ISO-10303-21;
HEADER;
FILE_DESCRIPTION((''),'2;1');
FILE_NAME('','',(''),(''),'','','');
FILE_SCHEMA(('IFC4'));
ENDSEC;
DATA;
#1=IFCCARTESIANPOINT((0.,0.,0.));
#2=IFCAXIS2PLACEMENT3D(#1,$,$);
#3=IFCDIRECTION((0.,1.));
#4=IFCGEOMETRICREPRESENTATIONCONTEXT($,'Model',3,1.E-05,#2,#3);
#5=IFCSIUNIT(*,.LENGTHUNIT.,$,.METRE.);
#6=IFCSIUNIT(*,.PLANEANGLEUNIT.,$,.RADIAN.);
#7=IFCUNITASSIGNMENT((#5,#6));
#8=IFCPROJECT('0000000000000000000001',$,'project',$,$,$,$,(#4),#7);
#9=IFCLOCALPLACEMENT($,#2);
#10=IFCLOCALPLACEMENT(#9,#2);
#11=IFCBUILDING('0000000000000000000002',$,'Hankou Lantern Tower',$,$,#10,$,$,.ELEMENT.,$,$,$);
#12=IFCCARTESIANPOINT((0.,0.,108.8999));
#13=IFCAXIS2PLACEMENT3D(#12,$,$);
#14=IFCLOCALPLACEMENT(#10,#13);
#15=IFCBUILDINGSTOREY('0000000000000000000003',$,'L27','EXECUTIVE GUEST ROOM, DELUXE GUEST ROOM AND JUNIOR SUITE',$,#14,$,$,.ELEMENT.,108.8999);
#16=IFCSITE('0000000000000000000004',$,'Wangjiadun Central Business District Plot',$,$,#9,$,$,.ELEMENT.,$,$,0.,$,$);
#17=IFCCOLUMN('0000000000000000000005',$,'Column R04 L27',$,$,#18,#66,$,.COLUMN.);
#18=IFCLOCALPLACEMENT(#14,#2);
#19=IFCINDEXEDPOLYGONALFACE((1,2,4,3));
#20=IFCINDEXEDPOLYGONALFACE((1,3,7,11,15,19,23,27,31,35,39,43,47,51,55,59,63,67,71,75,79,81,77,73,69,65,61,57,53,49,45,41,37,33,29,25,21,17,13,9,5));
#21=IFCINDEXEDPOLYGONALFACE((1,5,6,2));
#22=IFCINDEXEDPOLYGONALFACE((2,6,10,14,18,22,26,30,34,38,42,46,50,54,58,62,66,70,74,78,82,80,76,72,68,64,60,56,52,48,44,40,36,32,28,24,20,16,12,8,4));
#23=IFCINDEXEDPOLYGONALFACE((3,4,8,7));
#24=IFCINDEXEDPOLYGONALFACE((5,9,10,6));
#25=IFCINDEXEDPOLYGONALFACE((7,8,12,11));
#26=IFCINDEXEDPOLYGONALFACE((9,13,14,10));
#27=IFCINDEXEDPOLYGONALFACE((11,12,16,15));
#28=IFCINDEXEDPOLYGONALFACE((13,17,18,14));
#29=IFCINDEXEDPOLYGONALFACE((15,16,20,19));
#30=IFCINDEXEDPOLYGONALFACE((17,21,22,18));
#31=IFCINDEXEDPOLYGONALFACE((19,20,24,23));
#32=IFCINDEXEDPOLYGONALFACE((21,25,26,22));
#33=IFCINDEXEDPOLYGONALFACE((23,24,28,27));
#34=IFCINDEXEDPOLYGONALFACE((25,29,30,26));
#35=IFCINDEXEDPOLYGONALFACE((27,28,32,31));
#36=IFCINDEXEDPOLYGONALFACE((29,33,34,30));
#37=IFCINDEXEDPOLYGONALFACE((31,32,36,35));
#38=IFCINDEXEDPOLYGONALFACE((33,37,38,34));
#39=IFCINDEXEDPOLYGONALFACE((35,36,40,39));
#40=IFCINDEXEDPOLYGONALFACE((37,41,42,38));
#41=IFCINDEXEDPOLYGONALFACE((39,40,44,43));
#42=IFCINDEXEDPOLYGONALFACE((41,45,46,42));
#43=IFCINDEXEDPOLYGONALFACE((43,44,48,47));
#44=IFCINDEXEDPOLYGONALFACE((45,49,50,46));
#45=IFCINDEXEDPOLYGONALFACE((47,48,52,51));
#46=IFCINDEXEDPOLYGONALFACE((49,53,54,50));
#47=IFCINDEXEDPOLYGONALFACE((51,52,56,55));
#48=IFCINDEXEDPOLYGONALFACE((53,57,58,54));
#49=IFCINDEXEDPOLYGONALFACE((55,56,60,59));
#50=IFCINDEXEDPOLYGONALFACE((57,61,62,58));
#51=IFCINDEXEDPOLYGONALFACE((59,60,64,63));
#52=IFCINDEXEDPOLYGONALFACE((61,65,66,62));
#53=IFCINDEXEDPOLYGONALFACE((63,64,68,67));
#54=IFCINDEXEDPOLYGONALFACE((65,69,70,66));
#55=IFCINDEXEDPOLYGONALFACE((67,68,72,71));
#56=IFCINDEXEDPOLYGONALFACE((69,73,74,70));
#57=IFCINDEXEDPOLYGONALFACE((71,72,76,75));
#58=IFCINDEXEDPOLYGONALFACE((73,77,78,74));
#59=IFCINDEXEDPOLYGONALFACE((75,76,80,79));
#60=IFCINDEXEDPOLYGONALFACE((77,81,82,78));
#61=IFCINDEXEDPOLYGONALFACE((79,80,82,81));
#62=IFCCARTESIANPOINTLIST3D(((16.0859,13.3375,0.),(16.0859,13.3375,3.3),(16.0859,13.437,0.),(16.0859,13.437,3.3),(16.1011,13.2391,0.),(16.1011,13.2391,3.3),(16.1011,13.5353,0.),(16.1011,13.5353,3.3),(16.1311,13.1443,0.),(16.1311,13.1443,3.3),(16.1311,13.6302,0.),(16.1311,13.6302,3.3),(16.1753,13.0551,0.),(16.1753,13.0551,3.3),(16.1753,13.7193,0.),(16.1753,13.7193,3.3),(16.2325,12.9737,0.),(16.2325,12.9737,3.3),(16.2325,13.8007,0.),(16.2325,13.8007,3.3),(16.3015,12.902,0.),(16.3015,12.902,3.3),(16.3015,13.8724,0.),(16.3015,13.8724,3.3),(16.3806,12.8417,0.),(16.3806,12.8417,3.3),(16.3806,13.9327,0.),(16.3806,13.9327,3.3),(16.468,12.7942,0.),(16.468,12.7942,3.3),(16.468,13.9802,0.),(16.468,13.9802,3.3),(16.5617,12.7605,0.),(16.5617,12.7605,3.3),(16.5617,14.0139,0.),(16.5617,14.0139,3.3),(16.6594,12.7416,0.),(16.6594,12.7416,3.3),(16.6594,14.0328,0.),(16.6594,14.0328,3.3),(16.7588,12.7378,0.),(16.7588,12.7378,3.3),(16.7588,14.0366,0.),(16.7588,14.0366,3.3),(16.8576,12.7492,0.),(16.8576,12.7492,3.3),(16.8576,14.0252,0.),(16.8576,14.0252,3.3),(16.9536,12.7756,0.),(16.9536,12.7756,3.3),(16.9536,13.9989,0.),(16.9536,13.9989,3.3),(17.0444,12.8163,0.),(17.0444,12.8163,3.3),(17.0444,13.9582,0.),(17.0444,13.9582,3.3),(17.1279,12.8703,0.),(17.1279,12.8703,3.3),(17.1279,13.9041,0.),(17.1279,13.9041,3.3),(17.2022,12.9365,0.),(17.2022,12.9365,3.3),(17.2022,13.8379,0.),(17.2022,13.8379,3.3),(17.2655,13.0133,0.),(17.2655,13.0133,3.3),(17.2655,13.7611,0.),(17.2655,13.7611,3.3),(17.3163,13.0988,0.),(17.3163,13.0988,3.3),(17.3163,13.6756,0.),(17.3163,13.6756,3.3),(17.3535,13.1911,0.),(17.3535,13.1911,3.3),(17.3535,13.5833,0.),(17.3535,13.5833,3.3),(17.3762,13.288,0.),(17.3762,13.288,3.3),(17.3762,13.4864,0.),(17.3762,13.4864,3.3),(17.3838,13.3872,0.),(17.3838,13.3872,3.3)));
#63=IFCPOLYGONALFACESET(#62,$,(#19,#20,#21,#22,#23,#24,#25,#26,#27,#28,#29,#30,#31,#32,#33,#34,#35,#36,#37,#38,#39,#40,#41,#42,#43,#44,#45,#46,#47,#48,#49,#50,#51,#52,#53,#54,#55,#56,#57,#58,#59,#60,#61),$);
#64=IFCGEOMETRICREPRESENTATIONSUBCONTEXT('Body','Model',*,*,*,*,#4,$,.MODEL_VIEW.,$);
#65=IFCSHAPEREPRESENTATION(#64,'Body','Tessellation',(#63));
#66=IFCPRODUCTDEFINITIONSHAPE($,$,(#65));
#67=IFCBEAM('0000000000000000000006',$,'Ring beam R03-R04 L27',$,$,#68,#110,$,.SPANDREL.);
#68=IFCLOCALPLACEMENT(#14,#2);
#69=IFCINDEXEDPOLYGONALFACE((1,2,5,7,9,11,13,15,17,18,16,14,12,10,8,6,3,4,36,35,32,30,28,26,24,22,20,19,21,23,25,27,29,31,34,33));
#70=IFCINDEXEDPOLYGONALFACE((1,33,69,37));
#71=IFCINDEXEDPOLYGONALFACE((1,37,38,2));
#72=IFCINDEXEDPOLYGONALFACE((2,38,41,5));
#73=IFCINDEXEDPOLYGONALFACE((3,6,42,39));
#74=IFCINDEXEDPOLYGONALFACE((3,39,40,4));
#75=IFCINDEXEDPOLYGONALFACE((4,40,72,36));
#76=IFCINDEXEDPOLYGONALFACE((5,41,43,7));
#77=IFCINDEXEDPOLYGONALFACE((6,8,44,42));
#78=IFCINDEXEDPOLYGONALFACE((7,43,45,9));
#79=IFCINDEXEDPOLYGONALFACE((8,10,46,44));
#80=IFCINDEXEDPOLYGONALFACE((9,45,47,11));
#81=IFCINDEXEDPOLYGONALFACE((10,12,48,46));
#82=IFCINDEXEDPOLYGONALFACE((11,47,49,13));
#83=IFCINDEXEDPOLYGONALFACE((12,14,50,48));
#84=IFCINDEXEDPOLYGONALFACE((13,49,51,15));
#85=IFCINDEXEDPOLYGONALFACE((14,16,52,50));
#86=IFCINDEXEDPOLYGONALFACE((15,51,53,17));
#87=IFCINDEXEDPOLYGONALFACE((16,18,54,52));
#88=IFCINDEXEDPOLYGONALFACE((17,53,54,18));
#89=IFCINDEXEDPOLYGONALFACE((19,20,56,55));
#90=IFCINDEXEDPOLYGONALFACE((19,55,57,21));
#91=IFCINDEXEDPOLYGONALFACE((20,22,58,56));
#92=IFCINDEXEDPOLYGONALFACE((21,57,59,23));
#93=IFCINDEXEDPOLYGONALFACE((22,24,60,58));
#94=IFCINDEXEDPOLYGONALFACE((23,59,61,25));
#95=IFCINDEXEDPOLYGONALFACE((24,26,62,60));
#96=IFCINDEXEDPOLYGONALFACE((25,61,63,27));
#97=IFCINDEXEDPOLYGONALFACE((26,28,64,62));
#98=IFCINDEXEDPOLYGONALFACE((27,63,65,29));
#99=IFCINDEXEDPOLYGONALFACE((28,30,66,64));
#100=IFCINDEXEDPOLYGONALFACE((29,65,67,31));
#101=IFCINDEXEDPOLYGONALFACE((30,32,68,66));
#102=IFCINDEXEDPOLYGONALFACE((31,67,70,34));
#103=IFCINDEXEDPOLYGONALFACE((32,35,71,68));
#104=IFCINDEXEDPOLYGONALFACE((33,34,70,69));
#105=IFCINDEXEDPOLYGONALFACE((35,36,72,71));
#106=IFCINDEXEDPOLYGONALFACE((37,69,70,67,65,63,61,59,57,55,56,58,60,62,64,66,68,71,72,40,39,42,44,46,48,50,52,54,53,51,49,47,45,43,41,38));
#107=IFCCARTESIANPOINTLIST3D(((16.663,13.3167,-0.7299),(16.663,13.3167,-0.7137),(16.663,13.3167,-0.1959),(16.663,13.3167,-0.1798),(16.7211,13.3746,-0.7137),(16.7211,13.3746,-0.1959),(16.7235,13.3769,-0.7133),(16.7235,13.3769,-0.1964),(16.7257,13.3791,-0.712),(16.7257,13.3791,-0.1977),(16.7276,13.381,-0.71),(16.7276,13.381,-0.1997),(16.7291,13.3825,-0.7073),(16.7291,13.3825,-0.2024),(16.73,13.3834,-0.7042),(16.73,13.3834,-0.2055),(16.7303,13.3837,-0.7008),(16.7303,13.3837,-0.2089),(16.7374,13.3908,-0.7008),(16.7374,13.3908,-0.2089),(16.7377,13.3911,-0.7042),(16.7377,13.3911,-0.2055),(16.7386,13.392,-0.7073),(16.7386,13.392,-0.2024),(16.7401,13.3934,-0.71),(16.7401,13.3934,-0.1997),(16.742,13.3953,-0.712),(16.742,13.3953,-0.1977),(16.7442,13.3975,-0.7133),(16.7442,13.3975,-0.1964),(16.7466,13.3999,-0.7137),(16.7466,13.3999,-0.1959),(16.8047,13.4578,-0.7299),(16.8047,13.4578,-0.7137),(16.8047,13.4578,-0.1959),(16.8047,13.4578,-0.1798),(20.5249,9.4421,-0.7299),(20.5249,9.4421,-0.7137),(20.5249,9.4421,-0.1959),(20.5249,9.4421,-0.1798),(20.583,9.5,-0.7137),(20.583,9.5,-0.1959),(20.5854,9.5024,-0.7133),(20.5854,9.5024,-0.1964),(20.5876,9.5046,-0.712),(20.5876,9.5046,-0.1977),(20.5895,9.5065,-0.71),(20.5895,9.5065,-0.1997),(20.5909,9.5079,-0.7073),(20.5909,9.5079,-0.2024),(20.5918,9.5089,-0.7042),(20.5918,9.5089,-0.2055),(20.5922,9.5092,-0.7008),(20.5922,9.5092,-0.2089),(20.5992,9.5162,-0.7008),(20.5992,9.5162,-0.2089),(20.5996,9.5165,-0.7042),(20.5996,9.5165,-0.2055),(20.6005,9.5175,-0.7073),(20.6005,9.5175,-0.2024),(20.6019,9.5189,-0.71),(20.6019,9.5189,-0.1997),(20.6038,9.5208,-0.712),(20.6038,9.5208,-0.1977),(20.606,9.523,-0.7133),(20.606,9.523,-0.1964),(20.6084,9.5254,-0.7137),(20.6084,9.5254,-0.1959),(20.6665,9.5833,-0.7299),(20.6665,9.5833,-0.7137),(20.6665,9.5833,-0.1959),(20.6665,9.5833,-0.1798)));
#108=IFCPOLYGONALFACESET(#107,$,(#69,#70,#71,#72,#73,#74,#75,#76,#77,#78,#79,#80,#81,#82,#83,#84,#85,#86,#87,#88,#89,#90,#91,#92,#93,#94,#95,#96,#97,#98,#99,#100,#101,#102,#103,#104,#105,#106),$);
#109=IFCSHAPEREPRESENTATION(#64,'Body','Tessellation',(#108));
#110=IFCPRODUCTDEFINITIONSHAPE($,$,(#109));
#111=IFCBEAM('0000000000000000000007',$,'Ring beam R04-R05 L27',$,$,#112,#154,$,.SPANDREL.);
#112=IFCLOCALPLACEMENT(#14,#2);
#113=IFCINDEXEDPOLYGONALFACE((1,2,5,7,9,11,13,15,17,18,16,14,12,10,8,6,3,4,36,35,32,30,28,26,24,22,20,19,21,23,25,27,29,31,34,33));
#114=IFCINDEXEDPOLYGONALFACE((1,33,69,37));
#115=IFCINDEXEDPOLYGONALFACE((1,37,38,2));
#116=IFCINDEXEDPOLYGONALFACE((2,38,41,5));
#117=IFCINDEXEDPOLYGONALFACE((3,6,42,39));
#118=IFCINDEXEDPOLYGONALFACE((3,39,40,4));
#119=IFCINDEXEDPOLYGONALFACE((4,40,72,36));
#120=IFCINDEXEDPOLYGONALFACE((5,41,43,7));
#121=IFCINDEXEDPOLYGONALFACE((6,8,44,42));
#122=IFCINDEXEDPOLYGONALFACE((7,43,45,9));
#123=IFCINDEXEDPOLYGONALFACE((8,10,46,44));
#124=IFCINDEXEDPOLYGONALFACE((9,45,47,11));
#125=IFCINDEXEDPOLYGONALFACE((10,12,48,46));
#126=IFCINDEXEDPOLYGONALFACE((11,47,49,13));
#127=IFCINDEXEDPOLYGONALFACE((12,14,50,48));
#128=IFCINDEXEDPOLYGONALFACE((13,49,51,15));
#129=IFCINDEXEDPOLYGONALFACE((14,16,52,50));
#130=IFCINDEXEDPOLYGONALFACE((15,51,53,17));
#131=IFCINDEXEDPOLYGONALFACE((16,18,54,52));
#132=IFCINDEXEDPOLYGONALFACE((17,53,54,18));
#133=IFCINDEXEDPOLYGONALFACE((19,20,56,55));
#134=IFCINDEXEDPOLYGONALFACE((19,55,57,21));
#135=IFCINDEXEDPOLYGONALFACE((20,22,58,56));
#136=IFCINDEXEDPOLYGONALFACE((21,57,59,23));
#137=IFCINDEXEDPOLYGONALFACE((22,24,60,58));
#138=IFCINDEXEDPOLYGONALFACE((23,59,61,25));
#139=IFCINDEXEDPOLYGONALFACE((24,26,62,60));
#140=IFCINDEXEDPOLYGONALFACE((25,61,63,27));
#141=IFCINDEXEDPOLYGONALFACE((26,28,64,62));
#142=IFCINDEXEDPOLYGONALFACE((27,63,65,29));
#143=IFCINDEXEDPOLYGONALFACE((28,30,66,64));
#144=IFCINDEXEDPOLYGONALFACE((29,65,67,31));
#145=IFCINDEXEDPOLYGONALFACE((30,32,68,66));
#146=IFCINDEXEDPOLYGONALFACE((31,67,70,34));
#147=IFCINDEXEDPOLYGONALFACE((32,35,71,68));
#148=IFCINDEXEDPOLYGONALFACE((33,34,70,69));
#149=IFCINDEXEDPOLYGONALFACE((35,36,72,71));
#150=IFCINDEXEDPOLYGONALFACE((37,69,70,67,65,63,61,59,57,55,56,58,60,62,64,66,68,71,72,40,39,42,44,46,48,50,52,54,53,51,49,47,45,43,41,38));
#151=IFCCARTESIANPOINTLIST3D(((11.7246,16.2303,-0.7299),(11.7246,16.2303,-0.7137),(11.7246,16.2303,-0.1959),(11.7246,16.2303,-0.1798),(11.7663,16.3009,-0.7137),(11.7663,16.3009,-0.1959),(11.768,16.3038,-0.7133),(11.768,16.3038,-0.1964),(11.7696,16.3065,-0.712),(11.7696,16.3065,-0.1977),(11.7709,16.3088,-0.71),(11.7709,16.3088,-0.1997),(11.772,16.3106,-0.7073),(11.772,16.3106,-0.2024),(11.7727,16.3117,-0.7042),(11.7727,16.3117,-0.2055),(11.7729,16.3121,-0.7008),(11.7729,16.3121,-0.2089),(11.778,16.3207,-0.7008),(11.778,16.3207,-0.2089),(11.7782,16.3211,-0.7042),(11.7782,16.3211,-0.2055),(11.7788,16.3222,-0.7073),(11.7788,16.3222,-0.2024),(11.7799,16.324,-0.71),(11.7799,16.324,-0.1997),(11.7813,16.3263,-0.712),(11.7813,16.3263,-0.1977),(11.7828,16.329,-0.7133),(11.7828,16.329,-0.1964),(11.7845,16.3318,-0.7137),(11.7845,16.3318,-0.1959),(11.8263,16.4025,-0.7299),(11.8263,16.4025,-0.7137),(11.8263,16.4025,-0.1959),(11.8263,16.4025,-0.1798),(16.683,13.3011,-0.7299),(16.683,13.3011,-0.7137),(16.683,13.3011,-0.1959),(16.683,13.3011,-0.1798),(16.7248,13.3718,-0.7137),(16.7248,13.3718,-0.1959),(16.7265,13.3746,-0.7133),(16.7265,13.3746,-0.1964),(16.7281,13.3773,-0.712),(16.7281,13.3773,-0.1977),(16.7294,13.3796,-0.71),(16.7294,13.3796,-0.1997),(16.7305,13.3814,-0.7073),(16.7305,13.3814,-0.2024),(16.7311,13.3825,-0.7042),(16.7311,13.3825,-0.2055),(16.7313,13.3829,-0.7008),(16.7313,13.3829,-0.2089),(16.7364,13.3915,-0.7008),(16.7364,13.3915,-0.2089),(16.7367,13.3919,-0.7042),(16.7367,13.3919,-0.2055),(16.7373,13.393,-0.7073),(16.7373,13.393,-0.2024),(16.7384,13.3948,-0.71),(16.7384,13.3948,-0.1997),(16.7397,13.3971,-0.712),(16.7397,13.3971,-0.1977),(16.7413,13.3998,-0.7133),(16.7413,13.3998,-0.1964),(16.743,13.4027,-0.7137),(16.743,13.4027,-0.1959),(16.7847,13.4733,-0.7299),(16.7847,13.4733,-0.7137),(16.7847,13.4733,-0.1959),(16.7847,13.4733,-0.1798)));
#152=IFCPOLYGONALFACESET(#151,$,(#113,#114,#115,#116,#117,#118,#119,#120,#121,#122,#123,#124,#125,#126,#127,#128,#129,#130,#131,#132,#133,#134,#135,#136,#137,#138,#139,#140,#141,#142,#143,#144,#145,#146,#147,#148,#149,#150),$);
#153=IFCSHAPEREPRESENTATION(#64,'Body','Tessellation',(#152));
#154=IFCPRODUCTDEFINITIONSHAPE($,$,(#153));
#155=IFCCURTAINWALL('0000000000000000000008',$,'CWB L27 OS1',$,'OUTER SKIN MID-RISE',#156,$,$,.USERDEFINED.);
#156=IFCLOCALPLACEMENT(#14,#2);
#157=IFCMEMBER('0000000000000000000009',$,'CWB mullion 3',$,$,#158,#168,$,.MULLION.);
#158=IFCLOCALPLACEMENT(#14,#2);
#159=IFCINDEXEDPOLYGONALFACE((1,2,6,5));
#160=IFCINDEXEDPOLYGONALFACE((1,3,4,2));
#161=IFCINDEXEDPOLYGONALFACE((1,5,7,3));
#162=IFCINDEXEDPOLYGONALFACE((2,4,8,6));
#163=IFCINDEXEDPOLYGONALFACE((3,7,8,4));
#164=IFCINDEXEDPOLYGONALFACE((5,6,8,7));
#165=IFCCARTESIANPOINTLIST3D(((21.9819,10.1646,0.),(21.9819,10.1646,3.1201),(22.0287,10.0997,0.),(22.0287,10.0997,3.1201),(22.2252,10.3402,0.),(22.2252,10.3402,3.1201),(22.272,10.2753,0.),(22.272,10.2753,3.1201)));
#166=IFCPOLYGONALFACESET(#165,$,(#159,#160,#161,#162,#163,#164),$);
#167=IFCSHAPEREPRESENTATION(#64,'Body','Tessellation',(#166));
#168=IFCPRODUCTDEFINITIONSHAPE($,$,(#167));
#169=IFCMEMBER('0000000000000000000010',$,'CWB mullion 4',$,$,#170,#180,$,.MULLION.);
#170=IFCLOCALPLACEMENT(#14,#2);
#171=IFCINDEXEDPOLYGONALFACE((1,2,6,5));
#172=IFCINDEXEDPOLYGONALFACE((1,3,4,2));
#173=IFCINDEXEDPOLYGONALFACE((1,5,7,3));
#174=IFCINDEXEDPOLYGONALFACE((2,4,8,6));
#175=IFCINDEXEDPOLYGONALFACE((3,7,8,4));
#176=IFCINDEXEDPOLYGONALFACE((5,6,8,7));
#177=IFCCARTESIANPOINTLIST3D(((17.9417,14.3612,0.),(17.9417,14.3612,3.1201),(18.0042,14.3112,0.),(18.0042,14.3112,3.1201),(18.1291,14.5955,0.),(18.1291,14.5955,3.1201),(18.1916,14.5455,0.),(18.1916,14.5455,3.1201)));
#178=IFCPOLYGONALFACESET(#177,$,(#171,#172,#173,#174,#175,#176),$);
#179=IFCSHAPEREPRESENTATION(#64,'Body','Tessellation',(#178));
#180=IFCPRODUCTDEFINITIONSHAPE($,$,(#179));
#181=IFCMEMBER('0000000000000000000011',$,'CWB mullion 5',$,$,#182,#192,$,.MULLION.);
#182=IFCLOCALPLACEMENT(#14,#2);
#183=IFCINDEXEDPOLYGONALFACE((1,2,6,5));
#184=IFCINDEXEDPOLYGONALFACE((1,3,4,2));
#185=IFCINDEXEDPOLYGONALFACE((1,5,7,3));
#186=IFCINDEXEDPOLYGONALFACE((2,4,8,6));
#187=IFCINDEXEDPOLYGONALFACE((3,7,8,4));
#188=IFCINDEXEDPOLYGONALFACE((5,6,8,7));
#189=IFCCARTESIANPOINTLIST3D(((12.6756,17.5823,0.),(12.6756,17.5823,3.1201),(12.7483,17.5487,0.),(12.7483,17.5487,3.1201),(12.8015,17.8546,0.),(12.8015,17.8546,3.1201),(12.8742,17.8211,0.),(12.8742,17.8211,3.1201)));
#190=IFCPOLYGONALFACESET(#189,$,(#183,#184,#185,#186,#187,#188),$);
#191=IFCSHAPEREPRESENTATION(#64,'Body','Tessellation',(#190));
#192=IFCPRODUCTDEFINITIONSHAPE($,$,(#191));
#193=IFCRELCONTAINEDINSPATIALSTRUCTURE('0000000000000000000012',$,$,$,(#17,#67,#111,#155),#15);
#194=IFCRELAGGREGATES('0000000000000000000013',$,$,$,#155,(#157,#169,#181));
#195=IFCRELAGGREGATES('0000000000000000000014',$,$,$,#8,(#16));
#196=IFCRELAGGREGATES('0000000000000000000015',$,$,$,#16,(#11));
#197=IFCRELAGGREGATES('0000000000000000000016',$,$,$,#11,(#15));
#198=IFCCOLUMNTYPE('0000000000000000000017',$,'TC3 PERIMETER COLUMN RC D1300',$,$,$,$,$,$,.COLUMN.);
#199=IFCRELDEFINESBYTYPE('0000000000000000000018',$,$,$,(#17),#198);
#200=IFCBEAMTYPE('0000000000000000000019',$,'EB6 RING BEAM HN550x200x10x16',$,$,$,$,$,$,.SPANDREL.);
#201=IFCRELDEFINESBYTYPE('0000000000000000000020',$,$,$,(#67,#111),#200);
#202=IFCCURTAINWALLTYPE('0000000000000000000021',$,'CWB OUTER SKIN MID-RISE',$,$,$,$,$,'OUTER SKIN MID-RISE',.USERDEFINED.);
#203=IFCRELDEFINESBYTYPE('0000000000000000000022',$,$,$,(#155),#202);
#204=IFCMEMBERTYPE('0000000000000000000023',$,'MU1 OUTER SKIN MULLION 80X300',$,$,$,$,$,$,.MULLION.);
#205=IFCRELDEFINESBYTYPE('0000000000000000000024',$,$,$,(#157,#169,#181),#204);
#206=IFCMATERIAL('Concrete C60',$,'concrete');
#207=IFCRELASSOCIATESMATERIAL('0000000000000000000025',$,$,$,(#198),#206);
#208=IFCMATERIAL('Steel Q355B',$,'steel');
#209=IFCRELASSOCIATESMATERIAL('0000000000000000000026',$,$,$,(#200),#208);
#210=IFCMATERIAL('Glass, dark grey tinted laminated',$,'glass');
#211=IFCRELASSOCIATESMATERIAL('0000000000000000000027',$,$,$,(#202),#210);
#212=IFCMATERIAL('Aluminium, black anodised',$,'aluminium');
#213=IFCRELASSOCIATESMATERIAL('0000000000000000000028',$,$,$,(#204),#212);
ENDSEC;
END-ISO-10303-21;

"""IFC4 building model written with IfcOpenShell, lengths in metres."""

from ifc_helpers import new_model, si_unit, direction, frame, origin, origin_2d, place, context, subcontext, project, spatial, rectangle, circle, i_section, extrude, material, material_profile, profile_set, type_object, element, aggregate, save


model = new_model("IFC4")

# Units and contexts
model_context = context("Model", 3, precision=1e-05, world=origin(), true_north=direction((0.0, 1.0)))
body_context = subcontext(model_context, "Body", "Model", "MODEL_VIEW")
ifc_project = project(units=[si_unit("LENGTHUNIT", "METRE"), si_unit("PLANEANGLEUNIT", "RADIAN")], contexts=[model_context])

# Site, building, storey
site_placement = place(None, origin())
site = spatial("IfcSite", under=ifc_project, at=site_placement, Name="Wangjiadun Central Business District Plot", CompositionType="ELEMENT", RefElevation=0.0)
building_placement = place(site_placement, origin())
building = spatial("IfcBuilding", under=site, at=building_placement, Name="Hankou Lantern Tower", CompositionType="ELEMENT")
storey_placement = place(building_placement, frame((0.0, 0.0, 108.8999)))
storey = spatial("IfcBuildingStorey", under=building, at=storey_placement, Name="L27", Description="EXECUTIVE GUEST ROOM, DELUXE GUEST ROOM AND JUNIOR SUITE", CompositionType="ELEMENT", Elevation=108.8999)

# Column
ifc_material_1 = material(Name="Concrete C60", Category="concrete")
ifc_material_profile_1 = material_profile(ifc_material_1, circle(Radius=0.6499, at=origin_2d()), Name="RC D1300")
ifc_profile_set_1 = profile_set([ifc_material_profile_1], Name="Concrete C60")
column_type = type_object("IfcColumnType", Name="TC3 PERIMETER COLUMN RC D1300", PredefinedType="COLUMN", material=ifc_profile_set_1)
column_placement = place(storey_placement, frame((16.7339, 13.3872, 0.0), z_axis=(0.0, 0.0, 1.0), x_axis=(1.0, 0.0, 0.0)))
element("IfcColumn", 1, at=column_placement, inside=storey, type_object=column_type, Name="Column R04 L27", PredefinedType="COLUMN", context=body_context, shape_type="SweptSolid", body=[
    extrude(circle(Radius=0.6499, at=origin_2d()), origin(), (0.0, 0.0, 1.0), 3.3),
])

# Beams
ifc_material_2 = material(Name="Steel Q355B", Category="steel")
ifc_material_profile_2 = material_profile(ifc_material_2, i_section(OverallWidth=0.2, OverallDepth=0.55, WebThickness=0.01, FlangeThickness=0.0161, FilletRadius=0.0129, at=origin_2d()), Name="HN550x200x10x16")
ifc_profile_set_2 = profile_set([ifc_material_profile_2], Name="Steel Q355B")
beam_type_1 = type_object("IfcBeamType", Name="EB6 RING BEAM HN550x200x10x16", PredefinedType="SPANDREL", material=ifc_profile_set_2)
beam_1_placement = place(storey_placement, frame((20.5957, 9.5127, -0.4548), z_axis=(-0.705945, 0.708266, 0.0), x_axis=(-0.708266, -0.705945, 0.0)))
element("IfcBeam", 2, at=beam_1_placement, inside=storey, type_object=beam_type_1, Name="Ring beam R03-R04 L27", PredefinedType="SPANDREL", context=body_context, shape_type="SweptSolid", body=[
    extrude(i_section(OverallWidth=0.2, OverallDepth=0.55, WebThickness=0.01, FlangeThickness=0.0161, FilletRadius=0.0129, at=origin_2d()), origin(), (0.0, 0.0, 1.0), 5.4705),
])
beam_2_placement = place(storey_placement, frame((16.7339, 13.3872, -0.4548), z_axis=(-0.860989, 0.508624, 0.0), x_axis=(-0.508624, -0.860989, 0.0)))
element("IfcBeam", 3, at=beam_2_placement, inside=storey, type_object=beam_type_1, Name="Ring beam R04-R05 L27", PredefinedType="SPANDREL", context=body_context, shape_type="SweptSolid", body=[
    extrude(i_section(OverallWidth=0.2, OverallDepth=0.55, WebThickness=0.01, FlangeThickness=0.0161, FilletRadius=0.0129, at=origin_2d()), origin(), (0.0, 0.0, 1.0), 5.759),
])

# Curtain wall, members
ifc_material_3 = material(Name="Glass, dark grey tinted laminated", Category="glass")
curtain_wall_type = type_object("IfcCurtainWallType", Name="CWB OUTER SKIN MID-RISE", ElementType="OUTER SKIN MID-RISE", PredefinedType="USERDEFINED", material=ifc_material_3)
curtain_wall_placement = place(storey_placement, origin())
curtain_wall = element("IfcCurtainWall", 4, at=curtain_wall_placement, inside=storey, type_object=curtain_wall_type, Name="CWB L27 OS1", ObjectType="OUTER SKIN MID-RISE", PredefinedType="USERDEFINED")
ifc_material_4 = material(Name="Aluminium, black anodised", Category="aluminium")
ifc_material_profile_3 = material_profile(ifc_material_4, rectangle(XDim=0.0801, YDim=0.3, at=origin_2d()), Name="MU1 80X300")
ifc_profile_set_3 = profile_set([ifc_material_profile_3], Name="Aluminium, black anodised")
member_type_1 = type_object("IfcMemberType", Name="MU1 OUTER SKIN MULLION 80X300", PredefinedType="MULLION", material=ifc_profile_set_3)
member_1_placement = place(storey_placement, frame((22.127, 10.22, 0.0), z_axis=(0.0, 0.0, 1.0), x_axis=(-0.585206, 0.810885, 0.0)))
member_1 = element("IfcMember", 5, at=member_1_placement, type_object=member_type_1, Name="CWB mullion 3", PredefinedType="MULLION", context=body_context, shape_type="SweptSolid", body=[
    extrude(rectangle(XDim=0.0801, YDim=0.3, at=origin_2d()), origin(), (0.0, 0.0, 1.0), 3.1201),
])
member_2_placement = place(storey_placement, frame((18.0667, 14.4534, 0.0), z_axis=(0.0, 0.0, 1.0), x_axis=(-0.780869, 0.624695, 0.0)))
member_2 = element("IfcMember", 6, at=member_2_placement, type_object=member_type_1, Name="CWB mullion 4", PredefinedType="MULLION", context=body_context, shape_type="SweptSolid", body=[
    extrude(rectangle(XDim=0.0801, YDim=0.3, at=origin_2d()), origin(), (0.0, 0.0, 1.0), 3.1201),
])
member_3_placement = place(storey_placement, frame((12.7749, 17.7017, 0.0), z_axis=(0.0, 0.0, 1.0), x_axis=(-0.907841, 0.419314, 0.0)))
member_3 = element("IfcMember", 7, at=member_3_placement, type_object=member_type_1, Name="CWB mullion 5", PredefinedType="MULLION", context=body_context, shape_type="SweptSolid", body=[
    extrude(rectangle(XDim=0.0801, YDim=0.3, at=origin_2d()), origin(), (0.0, 0.0, 1.0), 3.1201),
])

aggregate(curtain_wall, [member_1, member_2, member_3])

save(model, "model.ifc")
